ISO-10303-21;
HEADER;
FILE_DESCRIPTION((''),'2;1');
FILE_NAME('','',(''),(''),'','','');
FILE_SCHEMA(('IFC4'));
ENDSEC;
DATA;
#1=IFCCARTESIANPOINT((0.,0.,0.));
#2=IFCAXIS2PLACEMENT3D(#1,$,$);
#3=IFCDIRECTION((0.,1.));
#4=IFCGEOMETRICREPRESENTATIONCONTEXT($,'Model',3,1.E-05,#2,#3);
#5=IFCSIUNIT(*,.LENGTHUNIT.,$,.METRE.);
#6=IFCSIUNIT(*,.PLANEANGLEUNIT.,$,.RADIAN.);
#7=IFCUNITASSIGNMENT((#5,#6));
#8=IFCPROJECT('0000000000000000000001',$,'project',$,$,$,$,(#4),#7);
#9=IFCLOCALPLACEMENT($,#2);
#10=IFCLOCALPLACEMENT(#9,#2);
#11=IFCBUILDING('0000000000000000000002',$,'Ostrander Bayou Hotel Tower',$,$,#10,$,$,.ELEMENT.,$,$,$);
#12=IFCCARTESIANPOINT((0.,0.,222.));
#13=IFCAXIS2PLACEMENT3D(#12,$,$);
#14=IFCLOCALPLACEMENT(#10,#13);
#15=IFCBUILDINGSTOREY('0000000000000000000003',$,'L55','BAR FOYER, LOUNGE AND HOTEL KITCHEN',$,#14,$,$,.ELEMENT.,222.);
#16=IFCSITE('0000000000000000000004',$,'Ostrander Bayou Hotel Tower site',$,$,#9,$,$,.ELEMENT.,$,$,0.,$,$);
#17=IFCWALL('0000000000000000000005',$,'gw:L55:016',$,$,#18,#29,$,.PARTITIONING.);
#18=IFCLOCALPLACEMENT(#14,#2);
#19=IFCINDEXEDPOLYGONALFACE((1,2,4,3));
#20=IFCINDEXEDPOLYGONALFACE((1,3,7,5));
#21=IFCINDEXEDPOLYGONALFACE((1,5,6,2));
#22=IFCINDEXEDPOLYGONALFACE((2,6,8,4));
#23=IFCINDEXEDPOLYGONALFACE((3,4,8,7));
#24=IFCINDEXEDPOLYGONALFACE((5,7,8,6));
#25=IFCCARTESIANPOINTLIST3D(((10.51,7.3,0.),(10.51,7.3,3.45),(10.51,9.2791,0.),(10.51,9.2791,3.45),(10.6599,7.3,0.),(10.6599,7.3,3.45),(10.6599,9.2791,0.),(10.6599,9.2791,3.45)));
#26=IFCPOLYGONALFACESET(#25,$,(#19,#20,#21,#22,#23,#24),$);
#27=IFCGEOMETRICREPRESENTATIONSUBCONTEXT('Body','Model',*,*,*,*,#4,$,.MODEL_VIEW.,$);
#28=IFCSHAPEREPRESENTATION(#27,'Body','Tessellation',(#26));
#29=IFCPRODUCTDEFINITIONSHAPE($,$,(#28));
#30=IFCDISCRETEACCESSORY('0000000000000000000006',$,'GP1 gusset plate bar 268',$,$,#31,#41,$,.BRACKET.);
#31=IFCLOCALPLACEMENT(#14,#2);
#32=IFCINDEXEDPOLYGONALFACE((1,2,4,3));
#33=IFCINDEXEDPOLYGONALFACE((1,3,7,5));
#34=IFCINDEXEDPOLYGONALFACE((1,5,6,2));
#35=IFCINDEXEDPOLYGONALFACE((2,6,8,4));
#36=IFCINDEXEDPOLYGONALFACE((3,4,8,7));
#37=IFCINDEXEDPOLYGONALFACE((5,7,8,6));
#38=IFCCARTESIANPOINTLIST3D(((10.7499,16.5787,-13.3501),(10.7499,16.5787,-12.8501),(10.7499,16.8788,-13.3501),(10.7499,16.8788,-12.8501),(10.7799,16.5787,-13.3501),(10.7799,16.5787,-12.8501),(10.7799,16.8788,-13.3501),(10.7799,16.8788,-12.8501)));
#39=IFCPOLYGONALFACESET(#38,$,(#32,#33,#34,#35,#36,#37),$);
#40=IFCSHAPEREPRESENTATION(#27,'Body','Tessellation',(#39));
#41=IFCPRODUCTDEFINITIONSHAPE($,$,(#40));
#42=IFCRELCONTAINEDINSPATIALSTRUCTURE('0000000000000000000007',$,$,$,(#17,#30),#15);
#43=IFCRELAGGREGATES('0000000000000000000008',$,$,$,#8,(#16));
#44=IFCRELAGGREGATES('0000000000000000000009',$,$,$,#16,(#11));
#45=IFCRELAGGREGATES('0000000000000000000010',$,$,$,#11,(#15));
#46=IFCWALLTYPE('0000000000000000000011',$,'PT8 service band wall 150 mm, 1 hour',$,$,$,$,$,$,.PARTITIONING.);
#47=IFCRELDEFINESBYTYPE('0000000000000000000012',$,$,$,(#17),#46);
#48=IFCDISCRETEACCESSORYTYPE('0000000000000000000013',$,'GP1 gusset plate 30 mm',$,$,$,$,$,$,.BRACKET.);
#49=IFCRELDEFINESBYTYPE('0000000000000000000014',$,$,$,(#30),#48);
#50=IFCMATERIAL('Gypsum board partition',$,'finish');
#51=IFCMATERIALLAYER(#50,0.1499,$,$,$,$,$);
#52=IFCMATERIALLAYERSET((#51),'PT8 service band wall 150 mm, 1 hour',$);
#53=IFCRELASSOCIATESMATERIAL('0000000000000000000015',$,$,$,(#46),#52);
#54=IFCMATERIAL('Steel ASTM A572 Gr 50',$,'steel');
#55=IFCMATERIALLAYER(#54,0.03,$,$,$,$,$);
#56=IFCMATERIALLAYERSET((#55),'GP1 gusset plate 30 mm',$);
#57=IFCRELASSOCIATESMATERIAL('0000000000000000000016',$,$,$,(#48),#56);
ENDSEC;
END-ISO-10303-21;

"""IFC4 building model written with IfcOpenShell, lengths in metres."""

from ifc_helpers import new_model, si_unit, direction, frame, frame_2d, origin, origin_2d, place, context, subcontext, project, spatial, rectangle, extrude, material, layer, layer_set, type_object, element, save


model = new_model("IFC4")

# Units and contexts
model_context = context("Model", 3, precision=1e-05, world=origin(), true_north=direction((0.0, 1.0)))
body_context = subcontext(model_context, "Body", "Model", "MODEL_VIEW")
ifc_project = project(units=[si_unit("LENGTHUNIT", "METRE"), si_unit("PLANEANGLEUNIT", "RADIAN")], contexts=[model_context])

# Site, building, storey
site_placement = place(None, origin())
site = spatial("IfcSite", under=ifc_project, at=site_placement, Name="Ostrander Bayou Hotel Tower site", CompositionType="ELEMENT", RefElevation=0.0)
building_placement = place(site_placement, origin())
building = spatial("IfcBuilding", under=site, at=building_placement, Name="Ostrander Bayou Hotel Tower", CompositionType="ELEMENT")
storey_placement = place(building_placement, frame((0.0, 0.0, 222.0)))
storey = spatial("IfcBuildingStorey", under=building, at=storey_placement, Name="L55", Description="BAR FOYER, LOUNGE AND HOTEL KITCHEN", CompositionType="ELEMENT", Elevation=222.0)

# Wall
ifc_material_1 = material(Name="Gypsum board partition", Category="finish")
ifc_layer_1 = layer(ifc_material_1, 0.1499)
ifc_layer_set_1 = layer_set([ifc_layer_1], Name="PT8 service band wall 150 mm, 1 hour")
wall_type_1 = type_object("IfcWallType", Name="PT8 service band wall 150 mm, 1 hour", PredefinedType="PARTITIONING", material=ifc_layer_set_1)
wall_1_placement = place(storey_placement, frame((10.585, 7.3, 0.0), z_axis=(0.0, 0.0, 1.0), x_axis=(0.0, 1.0, 0.0)))
element("IfcWall", 1, at=wall_1_placement, inside=storey, type_object=wall_type_1, Name="gw:L55:016", PredefinedType="PARTITIONING", context=body_context, shape_type="SweptSolid", body=[
    extrude(rectangle(XDim=1.979, YDim=0.1499, at=frame_2d((0.9895, 0.0))), origin(), (0.0, 0.0, 1.0), 3.45),
])

# Discrete accessory
ifc_material_2 = material(Name="Steel ASTM A572 Gr 50", Category="steel")
ifc_layer_2 = layer(ifc_material_2, 0.03)
ifc_layer_set_2 = layer_set([ifc_layer_2], Name="GP1 gusset plate 30 mm")
discrete_accessory_type = type_object("IfcDiscreteAccessoryType", Name="GP1 gusset plate 30 mm", PredefinedType="BRACKET", material=ifc_layer_set_2)
discrete_accessory_placement = place(storey_placement, frame((10.7649, 16.7288, -13.3501), z_axis=(0.0, 0.0, 1.0), x_axis=(0.0, -1.0, 0.0)))
element("IfcDiscreteAccessory", 2, at=discrete_accessory_placement, inside=storey, type_object=discrete_accessory_type, Name="GP1 gusset plate bar 268", PredefinedType="BRACKET", context=body_context, shape_type="SweptSolid", body=[
    extrude(rectangle(XDim=0.3, YDim=0.03, at=origin_2d()), origin(), (0.0, 0.0, 1.0), 0.5),
])

save(model, "model.ifc")
